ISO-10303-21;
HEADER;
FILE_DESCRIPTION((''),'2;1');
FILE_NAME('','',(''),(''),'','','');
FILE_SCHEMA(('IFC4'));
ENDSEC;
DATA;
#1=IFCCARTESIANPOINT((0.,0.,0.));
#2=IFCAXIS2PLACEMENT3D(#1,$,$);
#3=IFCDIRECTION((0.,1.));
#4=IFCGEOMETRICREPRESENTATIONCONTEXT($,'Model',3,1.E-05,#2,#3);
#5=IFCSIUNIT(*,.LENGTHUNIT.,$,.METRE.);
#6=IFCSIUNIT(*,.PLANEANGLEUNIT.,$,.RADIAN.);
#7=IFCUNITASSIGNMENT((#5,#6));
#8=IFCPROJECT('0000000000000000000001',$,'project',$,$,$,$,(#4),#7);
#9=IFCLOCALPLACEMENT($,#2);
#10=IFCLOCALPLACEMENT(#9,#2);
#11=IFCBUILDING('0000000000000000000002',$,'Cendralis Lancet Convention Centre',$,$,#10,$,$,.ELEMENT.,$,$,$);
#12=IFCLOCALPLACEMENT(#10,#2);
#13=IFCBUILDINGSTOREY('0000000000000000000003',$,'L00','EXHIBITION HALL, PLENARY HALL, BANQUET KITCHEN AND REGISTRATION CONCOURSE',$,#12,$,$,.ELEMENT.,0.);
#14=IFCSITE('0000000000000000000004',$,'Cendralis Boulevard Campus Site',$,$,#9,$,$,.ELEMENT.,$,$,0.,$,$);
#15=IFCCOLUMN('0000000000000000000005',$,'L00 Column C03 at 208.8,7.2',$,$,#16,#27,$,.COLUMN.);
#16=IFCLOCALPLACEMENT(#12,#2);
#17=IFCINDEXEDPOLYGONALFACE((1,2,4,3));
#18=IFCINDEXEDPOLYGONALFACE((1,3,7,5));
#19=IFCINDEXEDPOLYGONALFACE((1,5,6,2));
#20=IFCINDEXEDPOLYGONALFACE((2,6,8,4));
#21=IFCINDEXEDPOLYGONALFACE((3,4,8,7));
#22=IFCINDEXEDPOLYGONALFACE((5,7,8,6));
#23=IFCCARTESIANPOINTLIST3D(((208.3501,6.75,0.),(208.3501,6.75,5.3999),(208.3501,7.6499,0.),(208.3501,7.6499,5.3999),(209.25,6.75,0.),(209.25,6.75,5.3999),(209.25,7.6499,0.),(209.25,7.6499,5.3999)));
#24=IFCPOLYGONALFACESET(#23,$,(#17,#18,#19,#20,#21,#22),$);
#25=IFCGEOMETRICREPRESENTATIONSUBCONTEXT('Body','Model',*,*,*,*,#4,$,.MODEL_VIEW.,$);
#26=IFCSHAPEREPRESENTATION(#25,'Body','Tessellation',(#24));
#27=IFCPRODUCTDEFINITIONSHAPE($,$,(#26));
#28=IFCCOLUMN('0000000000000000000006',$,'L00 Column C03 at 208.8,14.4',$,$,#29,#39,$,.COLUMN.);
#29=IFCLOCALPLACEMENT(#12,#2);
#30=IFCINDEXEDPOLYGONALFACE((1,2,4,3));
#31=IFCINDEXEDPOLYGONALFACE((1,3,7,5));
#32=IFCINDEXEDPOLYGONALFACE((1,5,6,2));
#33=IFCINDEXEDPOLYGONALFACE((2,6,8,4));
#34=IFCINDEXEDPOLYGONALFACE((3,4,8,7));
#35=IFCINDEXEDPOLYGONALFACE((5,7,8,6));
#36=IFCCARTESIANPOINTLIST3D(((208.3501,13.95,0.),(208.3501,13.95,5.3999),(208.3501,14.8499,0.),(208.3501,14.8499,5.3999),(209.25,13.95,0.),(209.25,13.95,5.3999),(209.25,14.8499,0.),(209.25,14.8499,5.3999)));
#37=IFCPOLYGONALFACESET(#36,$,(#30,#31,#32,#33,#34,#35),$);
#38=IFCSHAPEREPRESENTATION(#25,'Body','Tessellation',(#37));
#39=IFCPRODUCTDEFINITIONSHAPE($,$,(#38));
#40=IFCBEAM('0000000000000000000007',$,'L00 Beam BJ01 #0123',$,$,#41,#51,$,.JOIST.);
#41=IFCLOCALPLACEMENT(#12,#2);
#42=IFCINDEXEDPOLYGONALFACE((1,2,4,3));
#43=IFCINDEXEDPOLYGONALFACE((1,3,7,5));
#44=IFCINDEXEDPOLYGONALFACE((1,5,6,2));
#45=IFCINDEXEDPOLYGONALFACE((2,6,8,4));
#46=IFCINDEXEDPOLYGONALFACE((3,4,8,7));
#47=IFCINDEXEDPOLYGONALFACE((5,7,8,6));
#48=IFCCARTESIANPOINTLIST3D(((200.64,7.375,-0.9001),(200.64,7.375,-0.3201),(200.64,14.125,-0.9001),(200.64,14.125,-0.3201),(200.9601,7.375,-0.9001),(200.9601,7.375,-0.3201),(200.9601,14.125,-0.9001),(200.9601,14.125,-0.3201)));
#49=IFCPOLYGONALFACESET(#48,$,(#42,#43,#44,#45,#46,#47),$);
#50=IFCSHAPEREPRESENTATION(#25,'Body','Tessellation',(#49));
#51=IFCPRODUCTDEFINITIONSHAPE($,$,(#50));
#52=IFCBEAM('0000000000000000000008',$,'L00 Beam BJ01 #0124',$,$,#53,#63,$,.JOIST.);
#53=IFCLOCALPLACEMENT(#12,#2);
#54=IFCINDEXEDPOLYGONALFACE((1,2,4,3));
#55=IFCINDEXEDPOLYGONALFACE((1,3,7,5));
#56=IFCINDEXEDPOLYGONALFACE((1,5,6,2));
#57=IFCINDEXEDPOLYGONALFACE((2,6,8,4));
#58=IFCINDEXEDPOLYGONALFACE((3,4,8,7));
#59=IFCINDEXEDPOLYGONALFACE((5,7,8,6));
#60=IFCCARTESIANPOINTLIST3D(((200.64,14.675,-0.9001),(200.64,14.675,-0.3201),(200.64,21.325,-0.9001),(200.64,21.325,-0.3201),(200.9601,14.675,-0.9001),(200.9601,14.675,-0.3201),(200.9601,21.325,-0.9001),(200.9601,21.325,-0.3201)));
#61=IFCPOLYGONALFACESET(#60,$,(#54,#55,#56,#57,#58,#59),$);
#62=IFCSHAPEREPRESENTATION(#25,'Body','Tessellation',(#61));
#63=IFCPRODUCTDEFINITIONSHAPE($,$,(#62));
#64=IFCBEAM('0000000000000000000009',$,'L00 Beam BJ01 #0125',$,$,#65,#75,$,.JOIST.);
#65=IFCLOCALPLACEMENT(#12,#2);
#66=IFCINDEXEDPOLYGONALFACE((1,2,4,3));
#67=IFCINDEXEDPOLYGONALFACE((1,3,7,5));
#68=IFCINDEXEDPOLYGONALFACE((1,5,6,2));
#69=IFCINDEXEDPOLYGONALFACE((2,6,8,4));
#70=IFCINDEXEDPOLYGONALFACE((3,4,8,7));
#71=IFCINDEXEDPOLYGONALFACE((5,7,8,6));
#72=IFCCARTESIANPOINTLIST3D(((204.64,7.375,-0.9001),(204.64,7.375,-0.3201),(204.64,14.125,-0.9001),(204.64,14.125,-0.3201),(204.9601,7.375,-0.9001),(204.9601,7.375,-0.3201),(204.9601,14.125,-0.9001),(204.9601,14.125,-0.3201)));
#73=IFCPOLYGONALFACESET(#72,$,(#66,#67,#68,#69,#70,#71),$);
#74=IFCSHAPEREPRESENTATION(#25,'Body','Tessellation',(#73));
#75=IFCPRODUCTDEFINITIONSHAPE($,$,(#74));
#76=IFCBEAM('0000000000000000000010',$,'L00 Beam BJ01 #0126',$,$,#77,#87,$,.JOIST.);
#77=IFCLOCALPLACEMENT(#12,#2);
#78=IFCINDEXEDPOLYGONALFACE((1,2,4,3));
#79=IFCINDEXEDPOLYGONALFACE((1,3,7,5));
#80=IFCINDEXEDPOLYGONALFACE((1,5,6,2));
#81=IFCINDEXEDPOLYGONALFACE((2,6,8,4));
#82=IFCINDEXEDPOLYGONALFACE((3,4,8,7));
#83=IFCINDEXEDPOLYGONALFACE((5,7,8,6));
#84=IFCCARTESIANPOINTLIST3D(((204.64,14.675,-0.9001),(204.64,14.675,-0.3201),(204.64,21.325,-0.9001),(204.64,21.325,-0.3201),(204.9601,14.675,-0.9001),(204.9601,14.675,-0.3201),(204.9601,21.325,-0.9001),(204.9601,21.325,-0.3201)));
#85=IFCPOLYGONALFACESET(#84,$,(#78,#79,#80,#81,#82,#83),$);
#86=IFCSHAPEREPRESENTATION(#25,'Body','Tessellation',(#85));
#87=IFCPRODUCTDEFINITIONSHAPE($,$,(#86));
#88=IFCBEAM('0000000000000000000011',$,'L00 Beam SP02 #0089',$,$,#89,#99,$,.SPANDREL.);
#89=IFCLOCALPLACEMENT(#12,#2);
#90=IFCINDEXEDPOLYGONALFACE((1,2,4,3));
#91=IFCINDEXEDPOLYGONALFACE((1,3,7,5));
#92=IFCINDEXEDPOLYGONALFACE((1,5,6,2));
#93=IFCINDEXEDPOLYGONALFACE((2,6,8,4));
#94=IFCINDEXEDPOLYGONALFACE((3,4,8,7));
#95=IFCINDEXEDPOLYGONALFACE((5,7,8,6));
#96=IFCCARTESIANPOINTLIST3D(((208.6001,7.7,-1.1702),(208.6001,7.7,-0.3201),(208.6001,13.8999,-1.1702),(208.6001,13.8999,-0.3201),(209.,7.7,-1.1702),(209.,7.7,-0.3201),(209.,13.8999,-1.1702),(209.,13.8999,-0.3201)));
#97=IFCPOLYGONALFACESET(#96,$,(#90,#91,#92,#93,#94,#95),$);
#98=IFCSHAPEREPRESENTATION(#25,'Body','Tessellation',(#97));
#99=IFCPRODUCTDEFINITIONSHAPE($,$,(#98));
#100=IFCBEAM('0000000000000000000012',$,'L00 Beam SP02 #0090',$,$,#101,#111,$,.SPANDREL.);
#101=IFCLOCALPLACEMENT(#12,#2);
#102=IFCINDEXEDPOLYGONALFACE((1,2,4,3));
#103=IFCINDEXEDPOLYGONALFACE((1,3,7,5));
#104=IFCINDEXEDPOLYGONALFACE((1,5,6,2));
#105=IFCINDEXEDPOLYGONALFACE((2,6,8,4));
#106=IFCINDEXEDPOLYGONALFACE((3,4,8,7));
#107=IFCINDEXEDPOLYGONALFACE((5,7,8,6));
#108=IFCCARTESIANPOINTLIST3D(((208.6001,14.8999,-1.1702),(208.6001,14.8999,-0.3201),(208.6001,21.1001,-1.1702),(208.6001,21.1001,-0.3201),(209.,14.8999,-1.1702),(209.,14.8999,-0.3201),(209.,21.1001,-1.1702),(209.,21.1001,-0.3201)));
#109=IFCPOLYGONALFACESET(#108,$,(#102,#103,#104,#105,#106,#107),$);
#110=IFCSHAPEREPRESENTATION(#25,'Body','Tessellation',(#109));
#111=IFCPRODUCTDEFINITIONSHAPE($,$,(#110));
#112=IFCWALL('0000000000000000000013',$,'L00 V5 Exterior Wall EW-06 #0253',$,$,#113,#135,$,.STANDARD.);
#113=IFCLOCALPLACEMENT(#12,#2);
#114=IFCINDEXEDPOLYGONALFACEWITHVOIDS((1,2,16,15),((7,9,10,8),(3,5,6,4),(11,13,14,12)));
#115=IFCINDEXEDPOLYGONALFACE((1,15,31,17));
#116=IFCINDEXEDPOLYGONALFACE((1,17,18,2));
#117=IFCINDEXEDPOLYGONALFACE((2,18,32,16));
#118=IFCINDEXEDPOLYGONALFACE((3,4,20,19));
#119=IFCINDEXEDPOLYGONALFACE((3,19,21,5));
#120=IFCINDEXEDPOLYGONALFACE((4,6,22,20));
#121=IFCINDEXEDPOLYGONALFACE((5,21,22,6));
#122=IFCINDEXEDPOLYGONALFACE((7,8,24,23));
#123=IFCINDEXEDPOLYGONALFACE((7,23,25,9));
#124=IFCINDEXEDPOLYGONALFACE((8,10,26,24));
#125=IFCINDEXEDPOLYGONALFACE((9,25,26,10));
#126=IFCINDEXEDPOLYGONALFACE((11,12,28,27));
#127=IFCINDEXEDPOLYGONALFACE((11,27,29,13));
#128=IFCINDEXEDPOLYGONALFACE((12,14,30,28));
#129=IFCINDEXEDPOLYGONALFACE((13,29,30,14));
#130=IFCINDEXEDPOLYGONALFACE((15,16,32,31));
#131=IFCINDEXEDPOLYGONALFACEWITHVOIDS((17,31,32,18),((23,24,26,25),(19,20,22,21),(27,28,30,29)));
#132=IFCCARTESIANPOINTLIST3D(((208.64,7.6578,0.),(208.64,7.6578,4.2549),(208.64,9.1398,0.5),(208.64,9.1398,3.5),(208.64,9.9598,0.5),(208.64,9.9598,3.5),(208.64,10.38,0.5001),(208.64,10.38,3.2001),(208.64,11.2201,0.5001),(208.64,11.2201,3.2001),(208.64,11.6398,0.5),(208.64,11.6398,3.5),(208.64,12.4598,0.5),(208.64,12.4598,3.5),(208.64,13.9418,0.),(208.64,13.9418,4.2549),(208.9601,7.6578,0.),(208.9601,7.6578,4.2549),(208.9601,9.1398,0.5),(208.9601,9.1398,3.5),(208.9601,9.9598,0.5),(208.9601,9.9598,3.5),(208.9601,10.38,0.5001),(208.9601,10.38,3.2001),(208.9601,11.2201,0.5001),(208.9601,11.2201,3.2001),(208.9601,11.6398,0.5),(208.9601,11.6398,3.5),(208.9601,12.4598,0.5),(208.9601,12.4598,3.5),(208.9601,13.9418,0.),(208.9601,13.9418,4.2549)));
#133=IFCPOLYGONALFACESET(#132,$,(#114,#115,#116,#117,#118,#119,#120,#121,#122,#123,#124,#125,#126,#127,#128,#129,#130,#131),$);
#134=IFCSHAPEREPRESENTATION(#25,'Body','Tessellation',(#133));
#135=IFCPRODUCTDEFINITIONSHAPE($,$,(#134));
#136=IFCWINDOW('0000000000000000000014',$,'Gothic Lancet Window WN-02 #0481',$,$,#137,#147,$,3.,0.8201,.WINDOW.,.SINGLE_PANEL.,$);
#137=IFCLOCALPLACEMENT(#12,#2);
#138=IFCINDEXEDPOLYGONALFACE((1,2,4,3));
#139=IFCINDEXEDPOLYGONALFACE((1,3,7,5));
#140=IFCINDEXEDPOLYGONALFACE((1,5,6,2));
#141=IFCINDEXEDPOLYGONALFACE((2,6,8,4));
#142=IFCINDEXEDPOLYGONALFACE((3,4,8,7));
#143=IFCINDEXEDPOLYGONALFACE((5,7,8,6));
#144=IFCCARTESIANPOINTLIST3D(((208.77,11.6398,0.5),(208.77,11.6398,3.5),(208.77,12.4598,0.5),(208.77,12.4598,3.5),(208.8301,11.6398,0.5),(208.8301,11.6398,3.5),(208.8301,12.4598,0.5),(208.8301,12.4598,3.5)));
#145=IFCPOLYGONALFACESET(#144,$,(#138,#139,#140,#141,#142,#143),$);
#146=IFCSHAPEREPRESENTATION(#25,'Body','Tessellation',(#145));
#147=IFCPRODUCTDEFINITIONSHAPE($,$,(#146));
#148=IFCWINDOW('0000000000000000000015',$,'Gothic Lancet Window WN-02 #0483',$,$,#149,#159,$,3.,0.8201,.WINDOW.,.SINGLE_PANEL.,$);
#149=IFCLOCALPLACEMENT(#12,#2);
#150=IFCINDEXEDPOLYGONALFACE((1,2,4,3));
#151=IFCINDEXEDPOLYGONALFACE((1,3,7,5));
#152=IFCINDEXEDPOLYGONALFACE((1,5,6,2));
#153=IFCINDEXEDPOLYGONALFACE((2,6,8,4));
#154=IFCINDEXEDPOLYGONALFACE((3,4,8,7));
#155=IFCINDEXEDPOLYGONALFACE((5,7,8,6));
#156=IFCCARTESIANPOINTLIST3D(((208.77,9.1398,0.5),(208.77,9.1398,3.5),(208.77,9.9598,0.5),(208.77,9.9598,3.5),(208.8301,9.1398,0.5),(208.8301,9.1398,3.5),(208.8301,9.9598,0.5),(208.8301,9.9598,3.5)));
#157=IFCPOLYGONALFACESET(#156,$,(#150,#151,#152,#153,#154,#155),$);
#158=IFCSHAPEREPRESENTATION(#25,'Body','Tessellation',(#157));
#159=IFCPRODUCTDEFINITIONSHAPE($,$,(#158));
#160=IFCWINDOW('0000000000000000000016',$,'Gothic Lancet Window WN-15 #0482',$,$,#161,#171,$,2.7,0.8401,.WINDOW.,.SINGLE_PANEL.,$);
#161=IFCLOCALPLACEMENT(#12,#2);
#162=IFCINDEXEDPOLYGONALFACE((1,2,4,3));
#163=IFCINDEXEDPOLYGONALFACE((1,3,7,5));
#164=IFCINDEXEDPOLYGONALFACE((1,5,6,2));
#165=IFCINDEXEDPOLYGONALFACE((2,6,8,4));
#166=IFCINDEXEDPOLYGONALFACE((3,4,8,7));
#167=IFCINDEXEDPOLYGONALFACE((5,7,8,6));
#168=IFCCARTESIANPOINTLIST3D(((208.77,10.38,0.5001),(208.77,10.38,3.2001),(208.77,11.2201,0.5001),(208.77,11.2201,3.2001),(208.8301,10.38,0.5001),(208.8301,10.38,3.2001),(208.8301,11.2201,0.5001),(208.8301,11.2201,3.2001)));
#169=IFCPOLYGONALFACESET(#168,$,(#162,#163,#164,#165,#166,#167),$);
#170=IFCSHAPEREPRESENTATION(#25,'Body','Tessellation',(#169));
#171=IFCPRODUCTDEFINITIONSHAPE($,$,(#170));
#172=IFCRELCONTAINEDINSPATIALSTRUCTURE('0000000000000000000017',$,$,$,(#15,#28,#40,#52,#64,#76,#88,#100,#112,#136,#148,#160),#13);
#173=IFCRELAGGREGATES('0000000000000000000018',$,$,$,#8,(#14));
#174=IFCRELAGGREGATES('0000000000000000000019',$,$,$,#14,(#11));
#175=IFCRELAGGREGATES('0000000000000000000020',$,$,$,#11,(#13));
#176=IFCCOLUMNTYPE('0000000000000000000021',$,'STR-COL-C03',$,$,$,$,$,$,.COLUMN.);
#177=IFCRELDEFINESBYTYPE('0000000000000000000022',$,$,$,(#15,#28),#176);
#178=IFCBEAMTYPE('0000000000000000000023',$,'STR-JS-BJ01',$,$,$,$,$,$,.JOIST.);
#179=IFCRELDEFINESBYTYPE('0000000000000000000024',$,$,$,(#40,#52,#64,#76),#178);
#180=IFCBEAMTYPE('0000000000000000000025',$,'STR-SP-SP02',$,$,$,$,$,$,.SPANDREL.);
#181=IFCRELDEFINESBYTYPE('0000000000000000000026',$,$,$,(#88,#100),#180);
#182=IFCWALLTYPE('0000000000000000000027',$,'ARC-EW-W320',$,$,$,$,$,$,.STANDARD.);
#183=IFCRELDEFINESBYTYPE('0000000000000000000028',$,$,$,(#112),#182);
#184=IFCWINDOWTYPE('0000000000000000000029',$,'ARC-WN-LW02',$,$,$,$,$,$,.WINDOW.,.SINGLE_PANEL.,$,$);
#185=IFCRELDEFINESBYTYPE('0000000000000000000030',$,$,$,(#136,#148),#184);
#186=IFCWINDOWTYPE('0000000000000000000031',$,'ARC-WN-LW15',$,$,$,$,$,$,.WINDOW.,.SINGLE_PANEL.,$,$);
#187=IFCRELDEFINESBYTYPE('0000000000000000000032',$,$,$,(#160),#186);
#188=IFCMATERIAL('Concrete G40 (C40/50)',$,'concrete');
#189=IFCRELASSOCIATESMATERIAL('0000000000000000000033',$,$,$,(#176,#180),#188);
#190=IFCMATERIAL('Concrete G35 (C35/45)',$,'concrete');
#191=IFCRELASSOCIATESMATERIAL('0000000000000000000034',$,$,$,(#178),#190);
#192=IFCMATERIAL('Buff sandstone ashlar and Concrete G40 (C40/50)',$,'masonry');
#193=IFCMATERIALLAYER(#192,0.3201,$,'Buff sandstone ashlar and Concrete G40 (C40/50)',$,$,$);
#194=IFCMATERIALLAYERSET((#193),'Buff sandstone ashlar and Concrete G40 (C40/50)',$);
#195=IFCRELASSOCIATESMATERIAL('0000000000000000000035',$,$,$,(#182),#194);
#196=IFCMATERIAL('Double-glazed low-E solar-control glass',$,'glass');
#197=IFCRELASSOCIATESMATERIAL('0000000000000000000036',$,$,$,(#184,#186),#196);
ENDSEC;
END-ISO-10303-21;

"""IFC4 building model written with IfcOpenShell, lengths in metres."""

from ifc_helpers import new_model, si_unit, direction, frame, frame_2d, origin, origin_2d, place, context, subcontext, project, spatial, rectangle, extrude, material, layer, layer_set, material_profile, profile_set, type_object, element, fill, save


model = new_model("IFC4")

# Units and contexts
model_context = context("Model", 3, precision=1e-05, world=origin(), true_north=direction((0.0, 1.0)))
body_context = subcontext(model_context, "Body", "Model", "MODEL_VIEW")
ifc_project = project(units=[si_unit("LENGTHUNIT", "METRE"), si_unit("PLANEANGLEUNIT", "RADIAN")], contexts=[model_context])

# Site, building, storey
site_placement = place(None, origin())
site = spatial("IfcSite", under=ifc_project, at=site_placement, Name="Cendralis Boulevard Campus Site", CompositionType="ELEMENT", RefElevation=0.0)
building_placement = place(site_placement, origin())
building = spatial("IfcBuilding", under=site, at=building_placement, Name="Cendralis Lancet Convention Centre", CompositionType="ELEMENT")
storey_placement = place(building_placement, origin())
storey = spatial("IfcBuildingStorey", under=building, at=storey_placement, Name="L00", Description="EXHIBITION HALL, PLENARY HALL, BANQUET KITCHEN AND REGISTRATION CONCOURSE", CompositionType="ELEMENT", Elevation=0.0)

# Columns
ifc_material_1 = material(Name="Concrete G40 (C40/50)", Category="concrete")
ifc_material_profile_1 = material_profile(ifc_material_1, rectangle(XDim=0.8999, YDim=0.8999, at=origin_2d()), Name="RC 900x900")
ifc_profile_set_1 = profile_set([ifc_material_profile_1], Name="Concrete G40 (C40/50)")
column_type = type_object("IfcColumnType", Name="STR-COL-C03", PredefinedType="COLUMN", material=ifc_profile_set_1)
for number, where, z_axis, x_axis, name in (
    (1, (208.8, 7.2, 0.0), (0.0, 0.0, 1.0), (1.0, 0.0, 0.0), "L00 Column C03 at 208.8,7.2"),
    (2, (208.8, 14.3999, 0.0), (0.0, 0.0, 1.0), (1.0, 0.0, 0.0), "L00 Column C03 at 208.8,14.4"),
):
    element("IfcColumn", number, at=place(storey_placement, frame(where, z_axis=z_axis, x_axis=x_axis)), inside=storey, type_object=column_type, Name=name, PredefinedType="COLUMN", context=body_context, shape_type="SweptSolid", body=[
        extrude(rectangle(XDim=0.8999, YDim=0.8999, at=origin_2d()), origin(), (0.0, 0.0, 1.0), 5.3999),
    ])

# Beams
ifc_material_2 = material(Name="Concrete G35 (C35/45)", Category="concrete")
ifc_material_profile_2 = material_profile(ifc_material_2, rectangle(XDim=0.3201, YDim=0.5801, at=origin_2d()), Name="RCB 320x580")
ifc_profile_set_2 = profile_set([ifc_material_profile_2], Name="Concrete G35 (C35/45)")
beam_type_1 = type_object("IfcBeamType", Name="STR-JS-BJ01", PredefinedType="JOIST", material=ifc_profile_set_2)
beam_1_placement = place(storey_placement, frame((200.8, 7.375, -0.6101), z_axis=(0.0, 1.0, 0.0), x_axis=(-1.0, 0.0, 0.0)))
element("IfcBeam", 3, at=beam_1_placement, inside=storey, type_object=beam_type_1, Name="L00 Beam BJ01 #0123", PredefinedType="JOIST", context=body_context, shape_type="SweptSolid", body=[
    extrude(rectangle(XDim=0.3201, YDim=0.5801, at=origin_2d()), origin(), (0.0, 0.0, 1.0), 6.75),
])
beam_2_placement = place(storey_placement, frame((200.8, 14.675, -0.6101), z_axis=(0.0, 1.0, 0.0), x_axis=(-1.0, 0.0, 0.0)))
element("IfcBeam", 4, at=beam_2_placement, inside=storey, type_object=beam_type_1, Name="L00 Beam BJ01 #0124", PredefinedType="JOIST", context=body_context, shape_type="SweptSolid", body=[
    extrude(rectangle(XDim=0.3201, YDim=0.5801, at=origin_2d()), origin(), (0.0, 0.0, 1.0), 6.6499),
])
beam_3_placement = place(storey_placement, frame((204.8, 7.375, -0.6101), z_axis=(0.0, 1.0, 0.0), x_axis=(-1.0, 0.0, 0.0)))
element("IfcBeam", 5, at=beam_3_placement, inside=storey, type_object=beam_type_1, Name="L00 Beam BJ01 #0125", PredefinedType="JOIST", context=body_context, shape_type="SweptSolid", body=[
    extrude(rectangle(XDim=0.3201, YDim=0.5801, at=origin_2d()), origin(), (0.0, 0.0, 1.0), 6.75),
])
beam_4_placement = place(storey_placement, frame((204.8, 14.675, -0.6101), z_axis=(0.0, 1.0, 0.0), x_axis=(-1.0, 0.0, 0.0)))
element("IfcBeam", 6, at=beam_4_placement, inside=storey, type_object=beam_type_1, Name="L00 Beam BJ01 #0126", PredefinedType="JOIST", context=body_context, shape_type="SweptSolid", body=[
    extrude(rectangle(XDim=0.3201, YDim=0.5801, at=origin_2d()), origin(), (0.0, 0.0, 1.0), 6.6499),
])
ifc_material_profile_3 = material_profile(ifc_material_1, rectangle(XDim=0.3999, YDim=0.8501, at=origin_2d()), Name="RCB 400x850")
ifc_profile_set_3 = profile_set([ifc_material_profile_3], Name="Concrete G40 (C40/50)")
beam_type_2 = type_object("IfcBeamType", Name="STR-SP-SP02", PredefinedType="SPANDREL", material=ifc_profile_set_3)
beam_5_placement = place(storey_placement, frame((208.8, 7.7, -0.7451), z_axis=(0.0, 1.0, 0.0), x_axis=(-1.0, 0.0, 0.0)))
element("IfcBeam", 7, at=beam_5_placement, inside=storey, type_object=beam_type_2, Name="L00 Beam SP02 #0089", PredefinedType="SPANDREL", context=body_context, shape_type="SweptSolid", body=[
    extrude(rectangle(XDim=0.3999, YDim=0.8501, at=origin_2d()), origin(), (0.0, 0.0, 1.0), 6.2),
])
beam_6_placement = place(storey_placement, frame((208.8, 14.8999, -0.7451), z_axis=(0.0, 1.0, 0.0), x_axis=(-1.0, 0.0, 0.0)))
element("IfcBeam", 8, at=beam_6_placement, inside=storey, type_object=beam_type_2, Name="L00 Beam SP02 #0090", PredefinedType="SPANDREL", context=body_context, shape_type="SweptSolid", body=[
    extrude(rectangle(XDim=0.3999, YDim=0.8501, at=origin_2d()), origin(), (0.0, 0.0, 1.0), 6.2002),
])

# Wall, openings, windows
ifc_material_3 = material(Name="Buff sandstone ashlar and Concrete G40 (C40/50)", Category="masonry")
ifc_layer_1 = layer(ifc_material_3, 0.3201, Name="Buff sandstone ashlar and Concrete G40 (C40/50)")
ifc_layer_set_1 = layer_set([ifc_layer_1], Name="Buff sandstone ashlar and Concrete G40 (C40/50)")
wall_type_1 = type_object("IfcWallType", Name="ARC-EW-W320", PredefinedType="STANDARD", material=ifc_layer_set_1)
wall_1_placement = place(storey_placement, frame((208.8, 13.9419, 0.0), z_axis=(0.0, 0.0, 1.0), x_axis=(0.0, -1.0, 0.0)))
wall_1 = element("IfcWall", 9, at=wall_1_placement, inside=storey, type_object=wall_type_1, Name="L00 V5 Exterior Wall EW-06 #0253", PredefinedType="STANDARD", context=body_context, shape_type="SweptSolid", body=[
    extrude(rectangle(XDim=6.2839, YDim=0.3201, at=frame_2d((3.1421, 0.0))), origin(), (0.0, 0.0, 1.0), 4.2549),
])
opening_1_placement = place(wall_1_placement, frame((1.4819, 0.0, 0.5)))
opening_1 = element("IfcOpeningElement", 10, at=opening_1_placement, cuts=wall_1, PredefinedType="OPENING", context=body_context, shape_type="SweptSolid", body=[
    extrude(rectangle(XDim=0.8201, YDim=3.0, at=frame_2d((0.4102, 1.5))), frame((0.0, 0.1699, 0.0), z_axis=(0.0, -1.0, 0.0), x_axis=(1.0, 0.0, 0.0)), (0.0, 0.0, 1.0), 0.3401),
])
opening_2_placement = place(wall_1_placement, frame((2.7219, 0.0, 0.5)))
opening_2 = element("IfcOpeningElement", 11, at=opening_2_placement, cuts=wall_1, PredefinedType="OPENING", context=body_context, shape_type="SweptSolid", body=[
    extrude(rectangle(XDim=0.8401, YDim=2.7, at=frame_2d((0.4199, 1.3501))), frame((0.0, 0.1699, 0.0), z_axis=(0.0, -1.0, 0.0), x_axis=(1.0, 0.0, 0.0)), (0.0, 0.0, 1.0), 0.3401),
])
opening_3_placement = place(wall_1_placement, frame((3.9819, 0.0, 0.5)))
opening_3 = element("IfcOpeningElement", 12, at=opening_3_placement, cuts=wall_1, PredefinedType="OPENING", context=body_context, shape_type="SweptSolid", body=[
    extrude(rectangle(XDim=0.8201, YDim=3.0, at=frame_2d((0.4102, 1.5))), frame((0.0, 0.1699, 0.0), z_axis=(0.0, -1.0, 0.0), x_axis=(1.0, 0.0, 0.0)), (0.0, 0.0, 1.0), 0.3401),
])
ifc_material_4 = material(Name="Double-glazed low-E solar-control glass", Category="glass")
window_type_1 = type_object("IfcWindowType", Name="ARC-WN-LW02", PartitioningType="SINGLE_PANEL", PredefinedType="WINDOW", material=ifc_material_4)
window_1_placement = place(opening_1_placement, origin())
window_1 = element("IfcWindow", 13, at=window_1_placement, inside=storey, type_object=window_type_1, Name="Gothic Lancet Window WN-02 #0481", OverallHeight=3.0, OverallWidth=0.8201, PartitioningType="SINGLE_PANEL", PredefinedType="WINDOW", context=body_context, shape_type="SweptSolid", body=[
    extrude(rectangle(XDim=0.8201, YDim=3.0, at=frame_2d((0.4102, 1.5))), frame((0.0, 0.03, 0.0), z_axis=(0.0, -1.0, 0.0), x_axis=(1.0, 0.0, 0.0)), (0.0, 0.0, 1.0), 0.0601),
])
fill(opening_1, window_1)
window_2_placement = place(opening_3_placement, origin())
window_2 = element("IfcWindow", 14, at=window_2_placement, inside=storey, type_object=window_type_1, Name="Gothic Lancet Window WN-02 #0483", OverallHeight=3.0, OverallWidth=0.8201, PartitioningType="SINGLE_PANEL", PredefinedType="WINDOW", context=body_context, shape_type="SweptSolid", body=[
    extrude(rectangle(XDim=0.8201, YDim=3.0, at=frame_2d((0.4102, 1.5))), frame((0.0, 0.03, 0.0), z_axis=(0.0, -1.0, 0.0), x_axis=(1.0, 0.0, 0.0)), (0.0, 0.0, 1.0), 0.0601),
])
fill(opening_3, window_2)
window_type_2 = type_object("IfcWindowType", Name="ARC-WN-LW15", PartitioningType="SINGLE_PANEL", PredefinedType="WINDOW", material=ifc_material_4)
window_3_placement = place(opening_2_placement, origin())
window_3 = element("IfcWindow", 15, at=window_3_placement, inside=storey, type_object=window_type_2, Name="Gothic Lancet Window WN-15 #0482", OverallHeight=2.7, OverallWidth=0.8401, PartitioningType="SINGLE_PANEL", PredefinedType="WINDOW", context=body_context, shape_type="SweptSolid", body=[
    extrude(rectangle(XDim=0.8401, YDim=2.7, at=frame_2d((0.4199, 1.3501))), frame((0.0, 0.03, 0.0), z_axis=(0.0, -1.0, 0.0), x_axis=(1.0, 0.0, 0.0)), (0.0, 0.0, 1.0), 0.0601),
])
fill(opening_2, window_3)

save(model, "model.ifc")
